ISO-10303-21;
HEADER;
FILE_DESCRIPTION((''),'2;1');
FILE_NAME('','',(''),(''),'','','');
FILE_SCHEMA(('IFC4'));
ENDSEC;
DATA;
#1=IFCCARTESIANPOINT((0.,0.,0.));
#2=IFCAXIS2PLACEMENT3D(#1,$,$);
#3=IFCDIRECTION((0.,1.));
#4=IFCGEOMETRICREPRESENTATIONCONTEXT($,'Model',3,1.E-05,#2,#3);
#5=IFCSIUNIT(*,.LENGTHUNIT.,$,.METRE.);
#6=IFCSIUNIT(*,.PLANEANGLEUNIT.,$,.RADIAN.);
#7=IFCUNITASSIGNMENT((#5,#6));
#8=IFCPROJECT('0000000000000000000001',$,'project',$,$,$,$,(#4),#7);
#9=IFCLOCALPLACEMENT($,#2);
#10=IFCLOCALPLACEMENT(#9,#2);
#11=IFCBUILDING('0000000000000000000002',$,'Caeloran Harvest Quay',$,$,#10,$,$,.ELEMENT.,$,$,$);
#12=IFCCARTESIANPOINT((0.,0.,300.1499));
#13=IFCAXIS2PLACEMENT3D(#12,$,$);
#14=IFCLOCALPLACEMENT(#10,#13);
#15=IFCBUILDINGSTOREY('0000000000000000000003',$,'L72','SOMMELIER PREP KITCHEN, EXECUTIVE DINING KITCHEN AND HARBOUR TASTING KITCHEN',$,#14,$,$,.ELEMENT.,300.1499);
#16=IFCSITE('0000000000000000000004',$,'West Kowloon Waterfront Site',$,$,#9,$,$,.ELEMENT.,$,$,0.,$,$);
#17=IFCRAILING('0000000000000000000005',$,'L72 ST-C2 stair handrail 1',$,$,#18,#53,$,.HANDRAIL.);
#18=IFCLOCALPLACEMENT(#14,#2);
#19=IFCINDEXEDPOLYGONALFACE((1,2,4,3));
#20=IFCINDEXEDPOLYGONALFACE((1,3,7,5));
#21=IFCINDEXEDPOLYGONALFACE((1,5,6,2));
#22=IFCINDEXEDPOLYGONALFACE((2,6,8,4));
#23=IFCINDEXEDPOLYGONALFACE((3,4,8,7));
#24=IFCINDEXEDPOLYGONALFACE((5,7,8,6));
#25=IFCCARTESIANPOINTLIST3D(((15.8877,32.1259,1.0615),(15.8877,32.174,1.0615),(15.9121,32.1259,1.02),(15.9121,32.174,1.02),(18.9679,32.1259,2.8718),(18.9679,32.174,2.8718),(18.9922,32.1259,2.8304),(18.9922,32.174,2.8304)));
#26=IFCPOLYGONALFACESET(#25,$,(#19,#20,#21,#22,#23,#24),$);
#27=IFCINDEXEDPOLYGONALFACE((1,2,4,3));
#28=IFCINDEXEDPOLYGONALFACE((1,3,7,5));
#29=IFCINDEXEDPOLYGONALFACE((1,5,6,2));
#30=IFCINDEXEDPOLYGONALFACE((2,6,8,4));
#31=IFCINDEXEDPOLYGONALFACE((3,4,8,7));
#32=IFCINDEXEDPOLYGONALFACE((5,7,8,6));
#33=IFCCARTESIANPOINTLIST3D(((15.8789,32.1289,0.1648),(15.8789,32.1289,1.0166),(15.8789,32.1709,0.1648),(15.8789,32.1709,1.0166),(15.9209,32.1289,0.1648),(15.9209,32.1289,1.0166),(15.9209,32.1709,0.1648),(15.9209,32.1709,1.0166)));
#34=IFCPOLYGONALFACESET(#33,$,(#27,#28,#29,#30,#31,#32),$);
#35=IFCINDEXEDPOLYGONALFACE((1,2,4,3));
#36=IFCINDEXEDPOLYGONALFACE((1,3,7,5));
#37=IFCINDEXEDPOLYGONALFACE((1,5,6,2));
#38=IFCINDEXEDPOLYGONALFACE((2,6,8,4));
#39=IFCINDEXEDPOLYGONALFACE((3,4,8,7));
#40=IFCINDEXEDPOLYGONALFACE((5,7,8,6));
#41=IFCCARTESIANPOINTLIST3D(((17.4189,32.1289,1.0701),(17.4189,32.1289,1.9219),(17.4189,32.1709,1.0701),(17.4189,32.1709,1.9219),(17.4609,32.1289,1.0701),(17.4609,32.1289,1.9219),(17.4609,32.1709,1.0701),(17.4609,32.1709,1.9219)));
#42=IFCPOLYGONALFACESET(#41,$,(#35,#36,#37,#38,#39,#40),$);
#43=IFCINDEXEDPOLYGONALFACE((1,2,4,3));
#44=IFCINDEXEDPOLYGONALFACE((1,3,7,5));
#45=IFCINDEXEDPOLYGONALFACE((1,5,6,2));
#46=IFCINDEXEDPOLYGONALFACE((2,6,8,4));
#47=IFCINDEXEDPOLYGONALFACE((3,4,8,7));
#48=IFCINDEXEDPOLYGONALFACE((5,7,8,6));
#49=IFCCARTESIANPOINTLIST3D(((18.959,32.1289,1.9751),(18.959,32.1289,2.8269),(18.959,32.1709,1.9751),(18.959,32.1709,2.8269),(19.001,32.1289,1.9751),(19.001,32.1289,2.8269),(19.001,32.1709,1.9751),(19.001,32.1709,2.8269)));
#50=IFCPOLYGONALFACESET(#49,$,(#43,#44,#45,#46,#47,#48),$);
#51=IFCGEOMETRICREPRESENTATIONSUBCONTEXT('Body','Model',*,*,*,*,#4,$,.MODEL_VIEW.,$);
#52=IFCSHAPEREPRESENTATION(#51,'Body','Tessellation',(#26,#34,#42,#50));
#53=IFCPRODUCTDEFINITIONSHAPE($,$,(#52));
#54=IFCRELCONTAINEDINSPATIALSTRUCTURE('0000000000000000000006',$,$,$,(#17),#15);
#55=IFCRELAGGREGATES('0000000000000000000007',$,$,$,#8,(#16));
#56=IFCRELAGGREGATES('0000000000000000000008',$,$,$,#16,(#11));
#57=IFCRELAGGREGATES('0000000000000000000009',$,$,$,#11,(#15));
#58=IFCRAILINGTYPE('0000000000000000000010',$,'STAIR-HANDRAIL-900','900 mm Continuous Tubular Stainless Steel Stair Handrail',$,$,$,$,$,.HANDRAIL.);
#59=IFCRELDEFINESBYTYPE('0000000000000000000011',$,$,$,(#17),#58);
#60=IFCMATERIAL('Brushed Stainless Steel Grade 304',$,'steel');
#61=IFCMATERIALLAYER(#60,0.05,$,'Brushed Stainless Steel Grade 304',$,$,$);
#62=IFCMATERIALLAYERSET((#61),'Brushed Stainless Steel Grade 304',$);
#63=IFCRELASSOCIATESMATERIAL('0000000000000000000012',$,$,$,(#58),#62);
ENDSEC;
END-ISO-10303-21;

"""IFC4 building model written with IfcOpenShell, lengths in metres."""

from ifc_helpers import new_model, si_unit, direction, frame, origin, origin_2d, place, context, subcontext, project, spatial, rectangle, extrude, material, layer, layer_set, type_object, element, save


model = new_model("IFC4")

# Units and contexts
model_context = context("Model", 3, precision=1e-05, world=origin(), true_north=direction((0.0, 1.0)))
body_context = subcontext(model_context, "Body", "Model", "MODEL_VIEW")
ifc_project = project(units=[si_unit("LENGTHUNIT", "METRE"), si_unit("PLANEANGLEUNIT", "RADIAN")], contexts=[model_context])

# Site, building, storey
site_placement = place(None, origin())
site = spatial("IfcSite", under=ifc_project, at=site_placement, Name="West Kowloon Waterfront Site", CompositionType="ELEMENT", RefElevation=0.0)
building_placement = place(site_placement, origin())
building = spatial("IfcBuilding", under=site, at=building_placement, Name="Caeloran Harvest Quay", CompositionType="ELEMENT")
storey_placement = place(building_placement, frame((0.0, 0.0, 300.1499)))
storey = spatial("IfcBuildingStorey", under=building, at=storey_placement, Name="L72", Description="SOMMELIER PREP KITCHEN, EXECUTIVE DINING KITCHEN AND HARBOUR TASTING KITCHEN", CompositionType="ELEMENT", Elevation=300.1499)

# Railing
ifc_material_1 = material(Name="Brushed Stainless Steel Grade 304", Category="steel")
ifc_layer_1 = layer(ifc_material_1, 0.05, Name="Brushed Stainless Steel Grade 304")
ifc_layer_set_1 = layer_set([ifc_layer_1], Name="Brushed Stainless Steel Grade 304")
railing_type_1 = type_object("IfcRailingType", Name="STAIR-HANDRAIL-900", Description="900 mm Continuous Tubular Stainless Steel Stair Handrail", PredefinedType="HANDRAIL", material=ifc_layer_set_1)
railing_1_placement = place(storey_placement, frame((15.8999, 32.1499, 0.1648)))
element("IfcRailing", 1, at=railing_1_placement, inside=storey, type_object=railing_type_1, Name="L72 ST-C2 stair handrail 1", PredefinedType="HANDRAIL", context=body_context, shape_type="SweptSolid", body=[
    extrude(rectangle(XDim=0.0481, YDim=0.0481, at=origin_2d()), frame((0.0, 0.0, 0.876), z_axis=(0.862119, 0.0, 0.506707), x_axis=(0.0, 1.0, 0.0)), (0.0, 0.0, 1.0), 3.5728),
    extrude(rectangle(XDim=0.042, YDim=0.042, at=origin_2d()), origin(), (0.0, 0.0, 1.0), 0.8518),
    extrude(rectangle(XDim=0.042, YDim=0.042, at=origin_2d()), frame((1.54, 0.0, 0.9053)), (0.0, 0.0, 1.0), 0.8518),
    extrude(rectangle(XDim=0.042, YDim=0.042, at=origin_2d()), frame((3.0801, 0.0, 1.8103)), (0.0, 0.0, 1.0), 0.8518),
])

save(model, "model.ifc")
